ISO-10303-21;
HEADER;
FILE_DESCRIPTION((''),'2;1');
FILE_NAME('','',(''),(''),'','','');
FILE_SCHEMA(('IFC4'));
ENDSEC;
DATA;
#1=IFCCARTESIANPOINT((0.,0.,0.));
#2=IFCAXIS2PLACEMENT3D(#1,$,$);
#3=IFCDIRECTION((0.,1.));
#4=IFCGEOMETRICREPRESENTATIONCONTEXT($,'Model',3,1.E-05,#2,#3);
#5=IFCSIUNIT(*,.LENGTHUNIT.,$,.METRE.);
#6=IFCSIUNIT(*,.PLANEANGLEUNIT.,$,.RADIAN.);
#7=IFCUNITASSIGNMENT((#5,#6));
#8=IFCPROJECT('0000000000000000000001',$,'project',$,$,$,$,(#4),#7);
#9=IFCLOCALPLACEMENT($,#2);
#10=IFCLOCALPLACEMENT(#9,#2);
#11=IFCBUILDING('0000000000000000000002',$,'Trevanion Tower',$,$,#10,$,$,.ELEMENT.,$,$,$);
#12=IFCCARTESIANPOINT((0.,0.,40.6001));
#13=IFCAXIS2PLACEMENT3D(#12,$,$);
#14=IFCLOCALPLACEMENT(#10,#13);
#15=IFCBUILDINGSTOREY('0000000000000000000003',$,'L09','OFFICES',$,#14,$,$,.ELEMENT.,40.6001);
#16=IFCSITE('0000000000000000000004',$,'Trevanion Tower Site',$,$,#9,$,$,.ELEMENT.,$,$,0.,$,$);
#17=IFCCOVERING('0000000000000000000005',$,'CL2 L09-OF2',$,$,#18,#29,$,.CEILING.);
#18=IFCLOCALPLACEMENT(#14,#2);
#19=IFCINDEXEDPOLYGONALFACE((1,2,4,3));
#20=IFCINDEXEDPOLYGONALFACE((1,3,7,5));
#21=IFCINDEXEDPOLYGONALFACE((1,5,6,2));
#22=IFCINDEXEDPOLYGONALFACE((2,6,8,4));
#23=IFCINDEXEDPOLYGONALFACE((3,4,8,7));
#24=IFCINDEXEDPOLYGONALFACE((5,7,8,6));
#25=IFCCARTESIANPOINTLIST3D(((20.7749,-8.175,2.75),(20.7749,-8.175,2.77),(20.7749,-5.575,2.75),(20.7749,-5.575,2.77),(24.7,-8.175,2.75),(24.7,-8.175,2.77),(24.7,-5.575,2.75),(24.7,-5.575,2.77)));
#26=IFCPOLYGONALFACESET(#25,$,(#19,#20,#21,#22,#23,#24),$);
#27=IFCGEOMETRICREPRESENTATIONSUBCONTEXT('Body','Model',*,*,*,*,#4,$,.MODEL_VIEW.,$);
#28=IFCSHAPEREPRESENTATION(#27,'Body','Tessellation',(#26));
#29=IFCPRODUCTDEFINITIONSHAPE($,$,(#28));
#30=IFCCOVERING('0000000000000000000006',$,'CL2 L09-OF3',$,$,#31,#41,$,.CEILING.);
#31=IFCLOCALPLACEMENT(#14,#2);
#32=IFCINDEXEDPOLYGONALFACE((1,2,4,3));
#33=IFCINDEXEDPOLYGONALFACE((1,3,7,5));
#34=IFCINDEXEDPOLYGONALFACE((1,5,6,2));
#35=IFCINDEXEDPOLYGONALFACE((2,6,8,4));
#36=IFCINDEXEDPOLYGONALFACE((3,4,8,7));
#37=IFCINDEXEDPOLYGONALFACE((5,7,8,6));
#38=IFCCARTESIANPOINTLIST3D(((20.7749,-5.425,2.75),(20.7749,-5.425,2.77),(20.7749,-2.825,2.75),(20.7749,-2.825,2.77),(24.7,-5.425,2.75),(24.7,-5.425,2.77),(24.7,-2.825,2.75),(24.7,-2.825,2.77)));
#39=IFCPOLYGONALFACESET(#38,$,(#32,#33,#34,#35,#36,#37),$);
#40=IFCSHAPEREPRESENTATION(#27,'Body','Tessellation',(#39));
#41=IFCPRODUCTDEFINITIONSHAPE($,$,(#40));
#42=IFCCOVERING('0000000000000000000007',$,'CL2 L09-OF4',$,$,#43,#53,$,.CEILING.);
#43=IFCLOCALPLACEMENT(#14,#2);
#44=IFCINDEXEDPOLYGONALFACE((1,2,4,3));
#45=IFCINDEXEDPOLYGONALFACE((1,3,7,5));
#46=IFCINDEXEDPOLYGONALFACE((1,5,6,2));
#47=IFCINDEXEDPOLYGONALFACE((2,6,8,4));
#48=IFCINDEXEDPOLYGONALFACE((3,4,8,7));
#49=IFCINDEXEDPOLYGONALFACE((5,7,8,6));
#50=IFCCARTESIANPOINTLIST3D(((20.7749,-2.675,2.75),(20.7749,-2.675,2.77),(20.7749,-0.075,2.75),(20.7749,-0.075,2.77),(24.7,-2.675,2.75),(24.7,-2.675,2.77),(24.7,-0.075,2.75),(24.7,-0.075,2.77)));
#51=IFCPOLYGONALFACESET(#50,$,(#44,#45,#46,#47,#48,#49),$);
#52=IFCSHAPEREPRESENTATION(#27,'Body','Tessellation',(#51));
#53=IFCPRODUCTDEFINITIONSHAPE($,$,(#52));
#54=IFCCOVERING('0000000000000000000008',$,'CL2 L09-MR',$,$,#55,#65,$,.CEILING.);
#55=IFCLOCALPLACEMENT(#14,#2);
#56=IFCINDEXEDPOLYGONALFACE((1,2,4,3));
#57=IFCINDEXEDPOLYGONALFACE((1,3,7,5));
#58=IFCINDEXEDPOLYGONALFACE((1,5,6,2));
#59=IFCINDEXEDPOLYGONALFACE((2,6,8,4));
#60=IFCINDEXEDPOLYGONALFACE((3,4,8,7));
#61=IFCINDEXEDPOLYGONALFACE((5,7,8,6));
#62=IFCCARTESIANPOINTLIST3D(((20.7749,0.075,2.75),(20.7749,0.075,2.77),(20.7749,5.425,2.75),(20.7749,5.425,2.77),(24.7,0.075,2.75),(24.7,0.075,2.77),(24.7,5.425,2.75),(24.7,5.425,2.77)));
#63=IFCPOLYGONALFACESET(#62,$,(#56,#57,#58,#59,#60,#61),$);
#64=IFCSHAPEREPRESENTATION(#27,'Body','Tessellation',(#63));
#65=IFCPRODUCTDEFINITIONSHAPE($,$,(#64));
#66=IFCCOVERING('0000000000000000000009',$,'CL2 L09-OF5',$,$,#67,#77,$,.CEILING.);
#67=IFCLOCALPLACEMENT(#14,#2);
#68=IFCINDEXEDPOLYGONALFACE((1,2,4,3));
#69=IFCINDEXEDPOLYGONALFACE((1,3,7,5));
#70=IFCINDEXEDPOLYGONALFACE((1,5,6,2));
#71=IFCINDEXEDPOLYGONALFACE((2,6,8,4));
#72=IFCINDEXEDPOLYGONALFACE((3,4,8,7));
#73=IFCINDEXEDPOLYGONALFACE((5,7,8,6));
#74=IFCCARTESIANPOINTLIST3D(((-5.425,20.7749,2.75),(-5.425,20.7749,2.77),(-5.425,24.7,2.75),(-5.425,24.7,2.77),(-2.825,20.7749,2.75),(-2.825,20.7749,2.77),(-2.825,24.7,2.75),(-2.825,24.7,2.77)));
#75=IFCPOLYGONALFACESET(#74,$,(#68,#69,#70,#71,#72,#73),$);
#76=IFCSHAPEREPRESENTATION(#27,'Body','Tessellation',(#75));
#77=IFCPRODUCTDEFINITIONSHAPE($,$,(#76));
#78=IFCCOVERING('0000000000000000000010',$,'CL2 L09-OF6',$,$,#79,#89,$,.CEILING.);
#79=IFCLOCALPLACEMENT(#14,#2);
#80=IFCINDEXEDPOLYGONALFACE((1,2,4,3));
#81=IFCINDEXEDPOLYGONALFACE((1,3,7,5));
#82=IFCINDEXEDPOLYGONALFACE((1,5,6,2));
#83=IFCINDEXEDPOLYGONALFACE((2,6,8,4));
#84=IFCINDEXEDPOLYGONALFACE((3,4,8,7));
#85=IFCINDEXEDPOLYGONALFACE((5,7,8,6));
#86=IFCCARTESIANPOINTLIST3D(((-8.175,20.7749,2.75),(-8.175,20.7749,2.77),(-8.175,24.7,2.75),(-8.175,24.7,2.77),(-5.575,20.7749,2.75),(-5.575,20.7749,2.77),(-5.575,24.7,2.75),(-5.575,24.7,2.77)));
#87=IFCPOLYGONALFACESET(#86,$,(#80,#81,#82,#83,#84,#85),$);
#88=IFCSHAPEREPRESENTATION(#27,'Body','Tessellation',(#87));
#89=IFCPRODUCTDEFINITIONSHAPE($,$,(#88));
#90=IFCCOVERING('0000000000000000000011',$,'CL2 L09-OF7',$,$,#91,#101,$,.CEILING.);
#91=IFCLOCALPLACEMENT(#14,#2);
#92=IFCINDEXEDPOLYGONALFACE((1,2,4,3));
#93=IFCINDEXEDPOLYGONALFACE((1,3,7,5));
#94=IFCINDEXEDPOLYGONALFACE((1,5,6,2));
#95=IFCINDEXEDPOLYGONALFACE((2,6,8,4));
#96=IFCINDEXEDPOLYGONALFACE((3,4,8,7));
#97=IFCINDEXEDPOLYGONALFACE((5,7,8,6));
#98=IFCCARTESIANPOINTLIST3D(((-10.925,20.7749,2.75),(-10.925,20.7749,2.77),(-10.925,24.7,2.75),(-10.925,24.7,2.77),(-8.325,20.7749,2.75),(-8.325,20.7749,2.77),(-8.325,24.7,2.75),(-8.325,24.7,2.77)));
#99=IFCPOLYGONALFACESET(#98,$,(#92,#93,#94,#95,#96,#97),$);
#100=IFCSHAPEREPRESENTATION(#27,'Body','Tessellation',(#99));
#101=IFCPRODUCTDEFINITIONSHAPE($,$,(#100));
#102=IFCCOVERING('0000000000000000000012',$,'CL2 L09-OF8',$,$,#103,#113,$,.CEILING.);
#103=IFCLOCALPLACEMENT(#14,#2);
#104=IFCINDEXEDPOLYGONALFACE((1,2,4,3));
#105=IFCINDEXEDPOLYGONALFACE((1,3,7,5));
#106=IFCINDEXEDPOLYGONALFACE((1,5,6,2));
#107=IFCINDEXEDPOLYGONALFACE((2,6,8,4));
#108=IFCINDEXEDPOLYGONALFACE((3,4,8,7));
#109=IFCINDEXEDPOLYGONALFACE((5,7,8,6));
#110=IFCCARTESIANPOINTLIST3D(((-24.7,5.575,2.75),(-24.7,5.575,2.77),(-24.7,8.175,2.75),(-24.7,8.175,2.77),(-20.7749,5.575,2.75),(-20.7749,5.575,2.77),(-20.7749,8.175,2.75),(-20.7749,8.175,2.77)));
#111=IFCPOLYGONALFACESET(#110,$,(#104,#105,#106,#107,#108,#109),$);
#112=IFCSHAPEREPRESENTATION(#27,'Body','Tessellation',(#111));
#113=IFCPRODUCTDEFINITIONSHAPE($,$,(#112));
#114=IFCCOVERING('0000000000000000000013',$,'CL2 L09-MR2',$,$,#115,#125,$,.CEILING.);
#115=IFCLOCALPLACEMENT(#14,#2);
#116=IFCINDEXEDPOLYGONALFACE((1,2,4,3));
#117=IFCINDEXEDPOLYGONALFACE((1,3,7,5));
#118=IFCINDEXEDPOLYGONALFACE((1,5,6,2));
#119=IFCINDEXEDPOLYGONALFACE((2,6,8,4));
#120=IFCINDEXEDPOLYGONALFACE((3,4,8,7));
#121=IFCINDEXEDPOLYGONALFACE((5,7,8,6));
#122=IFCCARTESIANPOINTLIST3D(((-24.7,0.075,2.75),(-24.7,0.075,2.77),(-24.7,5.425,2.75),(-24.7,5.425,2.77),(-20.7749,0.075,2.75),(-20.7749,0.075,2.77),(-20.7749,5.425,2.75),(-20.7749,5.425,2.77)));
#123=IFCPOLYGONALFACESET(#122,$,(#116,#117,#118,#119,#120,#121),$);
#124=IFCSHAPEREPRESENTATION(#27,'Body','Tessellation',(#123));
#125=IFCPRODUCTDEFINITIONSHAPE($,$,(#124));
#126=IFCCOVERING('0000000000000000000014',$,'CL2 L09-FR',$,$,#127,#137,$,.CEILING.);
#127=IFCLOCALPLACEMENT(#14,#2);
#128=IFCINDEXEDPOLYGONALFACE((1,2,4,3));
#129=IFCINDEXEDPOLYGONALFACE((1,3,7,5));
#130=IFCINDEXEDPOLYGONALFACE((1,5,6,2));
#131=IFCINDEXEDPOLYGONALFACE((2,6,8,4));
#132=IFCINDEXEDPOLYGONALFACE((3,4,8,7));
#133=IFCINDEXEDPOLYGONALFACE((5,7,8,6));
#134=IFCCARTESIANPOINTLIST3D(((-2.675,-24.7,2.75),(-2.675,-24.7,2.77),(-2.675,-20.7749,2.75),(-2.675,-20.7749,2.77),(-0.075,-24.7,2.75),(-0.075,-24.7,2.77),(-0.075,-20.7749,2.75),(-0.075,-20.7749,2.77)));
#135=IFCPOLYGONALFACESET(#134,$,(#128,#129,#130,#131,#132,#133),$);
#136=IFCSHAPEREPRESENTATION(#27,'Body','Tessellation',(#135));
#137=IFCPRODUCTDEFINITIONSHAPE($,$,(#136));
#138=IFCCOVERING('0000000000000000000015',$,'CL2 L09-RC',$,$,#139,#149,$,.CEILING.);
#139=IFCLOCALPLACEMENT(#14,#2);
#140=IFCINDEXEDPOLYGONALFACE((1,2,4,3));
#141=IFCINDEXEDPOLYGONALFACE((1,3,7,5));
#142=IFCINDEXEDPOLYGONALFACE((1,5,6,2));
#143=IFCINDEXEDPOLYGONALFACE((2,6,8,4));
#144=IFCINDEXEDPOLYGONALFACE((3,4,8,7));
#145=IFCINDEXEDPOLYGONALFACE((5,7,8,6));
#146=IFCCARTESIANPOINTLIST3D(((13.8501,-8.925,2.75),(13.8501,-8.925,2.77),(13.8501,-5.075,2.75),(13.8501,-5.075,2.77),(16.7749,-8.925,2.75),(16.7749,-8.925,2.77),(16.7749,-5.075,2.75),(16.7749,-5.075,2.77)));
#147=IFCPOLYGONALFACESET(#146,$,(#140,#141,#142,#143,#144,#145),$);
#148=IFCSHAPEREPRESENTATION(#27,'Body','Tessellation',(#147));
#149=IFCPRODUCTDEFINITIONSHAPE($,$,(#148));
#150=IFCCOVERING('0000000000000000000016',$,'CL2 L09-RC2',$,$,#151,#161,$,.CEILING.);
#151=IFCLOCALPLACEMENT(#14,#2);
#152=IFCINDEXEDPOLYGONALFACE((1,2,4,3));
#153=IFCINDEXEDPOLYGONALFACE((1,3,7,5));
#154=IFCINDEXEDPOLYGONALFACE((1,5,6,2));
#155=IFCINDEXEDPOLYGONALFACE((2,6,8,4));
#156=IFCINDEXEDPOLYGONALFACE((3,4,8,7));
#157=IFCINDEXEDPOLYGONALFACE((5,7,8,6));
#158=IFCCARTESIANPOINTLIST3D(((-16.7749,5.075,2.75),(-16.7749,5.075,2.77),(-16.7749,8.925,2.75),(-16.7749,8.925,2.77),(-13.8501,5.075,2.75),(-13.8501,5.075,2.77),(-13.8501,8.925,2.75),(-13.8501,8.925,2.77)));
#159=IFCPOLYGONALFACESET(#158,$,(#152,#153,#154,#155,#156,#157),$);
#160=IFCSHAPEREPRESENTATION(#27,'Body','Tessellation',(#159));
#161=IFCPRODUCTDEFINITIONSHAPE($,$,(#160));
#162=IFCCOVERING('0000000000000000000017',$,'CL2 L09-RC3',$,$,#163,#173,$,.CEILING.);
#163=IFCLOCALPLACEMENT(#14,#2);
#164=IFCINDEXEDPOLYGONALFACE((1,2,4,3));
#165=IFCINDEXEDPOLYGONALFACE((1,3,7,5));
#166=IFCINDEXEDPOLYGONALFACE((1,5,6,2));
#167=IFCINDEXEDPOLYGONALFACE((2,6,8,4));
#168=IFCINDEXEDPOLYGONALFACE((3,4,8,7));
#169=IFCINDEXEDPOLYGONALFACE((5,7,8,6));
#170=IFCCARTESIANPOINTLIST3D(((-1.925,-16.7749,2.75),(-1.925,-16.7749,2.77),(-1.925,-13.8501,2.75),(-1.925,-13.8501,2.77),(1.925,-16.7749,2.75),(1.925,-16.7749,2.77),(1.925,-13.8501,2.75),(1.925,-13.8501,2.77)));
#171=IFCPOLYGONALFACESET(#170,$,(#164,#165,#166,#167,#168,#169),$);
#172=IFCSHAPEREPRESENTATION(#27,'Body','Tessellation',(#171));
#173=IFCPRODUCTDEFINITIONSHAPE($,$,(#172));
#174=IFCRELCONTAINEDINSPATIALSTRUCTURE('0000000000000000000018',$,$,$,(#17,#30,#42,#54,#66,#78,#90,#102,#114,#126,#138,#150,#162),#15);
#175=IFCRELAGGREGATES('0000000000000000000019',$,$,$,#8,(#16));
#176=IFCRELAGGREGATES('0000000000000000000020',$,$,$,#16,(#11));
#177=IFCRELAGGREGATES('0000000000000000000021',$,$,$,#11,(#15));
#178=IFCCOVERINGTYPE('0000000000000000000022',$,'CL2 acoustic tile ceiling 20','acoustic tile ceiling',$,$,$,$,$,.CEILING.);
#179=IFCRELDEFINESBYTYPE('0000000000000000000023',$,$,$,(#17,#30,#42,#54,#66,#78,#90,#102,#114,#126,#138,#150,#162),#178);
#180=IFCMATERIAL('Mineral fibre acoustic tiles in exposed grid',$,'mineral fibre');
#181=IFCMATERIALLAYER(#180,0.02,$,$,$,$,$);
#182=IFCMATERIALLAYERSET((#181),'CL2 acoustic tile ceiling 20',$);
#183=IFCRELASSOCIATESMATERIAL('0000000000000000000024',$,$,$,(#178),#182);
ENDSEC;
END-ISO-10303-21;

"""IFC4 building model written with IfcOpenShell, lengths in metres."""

from ifc_helpers import new_model, si_unit, direction, frame, origin, place, context, subcontext, project, spatial, polyline, outline, extrude, material, layer, layer_set, type_object, element, save


model = new_model("IFC4")

# Units and contexts
model_context = context("Model", 3, precision=1e-05, world=origin(), true_north=direction((0.0, 1.0)))
body_context = subcontext(model_context, "Body", "Model", "MODEL_VIEW")
ifc_project = project(units=[si_unit("LENGTHUNIT", "METRE"), si_unit("PLANEANGLEUNIT", "RADIAN")], contexts=[model_context])

# Site, building, storey
site_placement = place(None, origin())
site = spatial("IfcSite", under=ifc_project, at=site_placement, Name="Trevanion Tower Site", CompositionType="ELEMENT", RefElevation=0.0)
building_placement = place(site_placement, origin())
building = spatial("IfcBuilding", under=site, at=building_placement, Name="Trevanion Tower", CompositionType="ELEMENT")
storey_placement = place(building_placement, frame((0.0, 0.0, 40.6001)))
storey = spatial("IfcBuildingStorey", under=building, at=storey_placement, Name="L09", Description="OFFICES", CompositionType="ELEMENT", Elevation=40.6001)

# Coverings
ifc_material_1 = material(Name="Mineral fibre acoustic tiles in exposed grid", Category="mineral fibre")
ifc_layer_1 = layer(ifc_material_1, 0.02)
ifc_layer_set_1 = layer_set([ifc_layer_1], Name="CL2 acoustic tile ceiling 20")
covering_type_1 = type_object("IfcCoveringType", Name="CL2 acoustic tile ceiling 20", Description="acoustic tile ceiling", PredefinedType="CEILING", material=ifc_layer_set_1)
covering_1_placement = place(storey_placement, frame((0.0, 0.0, 2.75)))
element("IfcCovering", 1, at=covering_1_placement, inside=storey, type_object=covering_type_1, Name="CL2 L09-OF2", PredefinedType="CEILING", context=body_context, shape_type="SweptSolid", body=[
    extrude(outline(polyline([(20.7749, -8.175), (20.7749, -5.575), (24.7, -5.575), (24.7, -8.175), (20.7749, -8.175)])), origin(), (0.0, 0.0, 1.0), 0.02),
])
covering_2_placement = place(storey_placement, frame((0.0, 0.0, 2.75)))
element("IfcCovering", 2, at=covering_2_placement, inside=storey, type_object=covering_type_1, Name="CL2 L09-OF3", PredefinedType="CEILING", context=body_context, shape_type="SweptSolid", body=[
    extrude(outline(polyline([(20.7749, -5.425), (20.7749, -2.825), (24.7, -2.825), (24.7, -5.425), (20.7749, -5.425)])), origin(), (0.0, 0.0, 1.0), 0.02),
])
covering_3_placement = place(storey_placement, frame((0.0, 0.0, 2.75)))
element("IfcCovering", 3, at=covering_3_placement, inside=storey, type_object=covering_type_1, Name="CL2 L09-OF4", PredefinedType="CEILING", context=body_context, shape_type="SweptSolid", body=[
    extrude(outline(polyline([(20.7749, -2.675), (20.7749, -0.075), (24.7, -0.075), (24.7, -2.675), (20.7749, -2.675)])), origin(), (0.0, 0.0, 1.0), 0.02),
])
covering_4_placement = place(storey_placement, frame((0.0, 0.0, 2.75)))
element("IfcCovering", 4, at=covering_4_placement, inside=storey, type_object=covering_type_1, Name="CL2 L09-MR", PredefinedType="CEILING", context=body_context, shape_type="SweptSolid", body=[
    extrude(outline(polyline([(20.7749, 0.075), (20.7749, 5.425), (24.7, 5.425), (24.7, 0.075), (20.7749, 0.075)])), origin(), (0.0, 0.0, 1.0), 0.02),
])
covering_5_placement = place(storey_placement, frame((0.0, 0.0, 2.75)))
element("IfcCovering", 5, at=covering_5_placement, inside=storey, type_object=covering_type_1, Name="CL2 L09-OF5", PredefinedType="CEILING", context=body_context, shape_type="SweptSolid", body=[
    extrude(outline(polyline([(-2.825, 20.7749), (-5.425, 20.7749), (-5.425, 24.7), (-2.825, 24.7), (-2.825, 20.7749)])), origin(), (0.0, 0.0, 1.0), 0.02),
])
covering_6_placement = place(storey_placement, frame((0.0, 0.0, 2.75)))
element("IfcCovering", 6, at=covering_6_placement, inside=storey, type_object=covering_type_1, Name="CL2 L09-OF6", PredefinedType="CEILING", context=body_context, shape_type="SweptSolid", body=[
    extrude(outline(polyline([(-5.575, 20.7749), (-8.175, 20.7749), (-8.175, 24.7), (-5.575, 24.7), (-5.575, 20.7749)])), origin(), (0.0, 0.0, 1.0), 0.02),
])
covering_7_placement = place(storey_placement, frame((0.0, 0.0, 2.75)))
element("IfcCovering", 7, at=covering_7_placement, inside=storey, type_object=covering_type_1, Name="CL2 L09-OF7", PredefinedType="CEILING", context=body_context, shape_type="SweptSolid", body=[
    extrude(outline(polyline([(-8.325, 20.7749), (-10.925, 20.7749), (-10.925, 24.7), (-8.325, 24.7), (-8.325, 20.7749)])), origin(), (0.0, 0.0, 1.0), 0.02),
])
covering_8_placement = place(storey_placement, frame((0.0, 0.0, 2.75)))
element("IfcCovering", 8, at=covering_8_placement, inside=storey, type_object=covering_type_1, Name="CL2 L09-OF8", PredefinedType="CEILING", context=body_context, shape_type="SweptSolid", body=[
    extrude(outline(polyline([(-20.7749, 8.175), (-20.7749, 5.575), (-24.7, 5.575), (-24.7, 8.175), (-20.7749, 8.175)])), origin(), (0.0, 0.0, 1.0), 0.02),
])
covering_9_placement = place(storey_placement, frame((0.0, 0.0, 2.75)))
element("IfcCovering", 9, at=covering_9_placement, inside=storey, type_object=covering_type_1, Name="CL2 L09-MR2", PredefinedType="CEILING", context=body_context, shape_type="SweptSolid", body=[
    extrude(outline(polyline([(-20.7749, 5.425), (-20.7749, 0.075), (-24.7, 0.075), (-24.7, 5.425), (-20.7749, 5.425)])), origin(), (0.0, 0.0, 1.0), 0.02),
])
covering_10_placement = place(storey_placement, frame((0.0, 0.0, 2.75)))
element("IfcCovering", 10, at=covering_10_placement, inside=storey, type_object=covering_type_1, Name="CL2 L09-FR", PredefinedType="CEILING", context=body_context, shape_type="SweptSolid", body=[
    extrude(outline(polyline([(-2.675, -20.7749), (-0.075, -20.7749), (-0.075, -24.7), (-2.675, -24.7), (-2.675, -20.7749)])), origin(), (0.0, 0.0, 1.0), 0.02),
])
covering_11_placement = place(storey_placement, frame((0.0, 0.0, 2.75)))
element("IfcCovering", 11, at=covering_11_placement, inside=storey, type_object=covering_type_1, Name="CL2 L09-RC", PredefinedType="CEILING", context=body_context, shape_type="SweptSolid", body=[
    extrude(outline(polyline([(13.8501, -8.925), (13.8501, -5.075), (16.7749, -5.075), (16.7749, -8.925), (13.8501, -8.925)])), origin(), (0.0, 0.0, 1.0), 0.02),
])
covering_12_placement = place(storey_placement, frame((0.0, 0.0, 2.75)))
element("IfcCovering", 12, at=covering_12_placement, inside=storey, type_object=covering_type_1, Name="CL2 L09-RC2", PredefinedType="CEILING", context=body_context, shape_type="SweptSolid", body=[
    extrude(outline(polyline([(-13.8501, 8.925), (-13.8501, 5.075), (-16.7749, 5.075), (-16.7749, 8.925), (-13.8501, 8.925)])), origin(), (0.0, 0.0, 1.0), 0.02),
])
covering_13_placement = place(storey_placement, frame((0.0, 0.0, 2.75)))
element("IfcCovering", 13, at=covering_13_placement, inside=storey, type_object=covering_type_1, Name="CL2 L09-RC3", PredefinedType="CEILING", context=body_context, shape_type="SweptSolid", body=[
    extrude(outline(polyline([(-1.925, -13.8501), (1.925, -13.8501), (1.925, -16.7749), (-1.925, -16.7749), (-1.925, -13.8501)])), origin(), (0.0, 0.0, 1.0), 0.02),
])

save(model, "model.ifc")
